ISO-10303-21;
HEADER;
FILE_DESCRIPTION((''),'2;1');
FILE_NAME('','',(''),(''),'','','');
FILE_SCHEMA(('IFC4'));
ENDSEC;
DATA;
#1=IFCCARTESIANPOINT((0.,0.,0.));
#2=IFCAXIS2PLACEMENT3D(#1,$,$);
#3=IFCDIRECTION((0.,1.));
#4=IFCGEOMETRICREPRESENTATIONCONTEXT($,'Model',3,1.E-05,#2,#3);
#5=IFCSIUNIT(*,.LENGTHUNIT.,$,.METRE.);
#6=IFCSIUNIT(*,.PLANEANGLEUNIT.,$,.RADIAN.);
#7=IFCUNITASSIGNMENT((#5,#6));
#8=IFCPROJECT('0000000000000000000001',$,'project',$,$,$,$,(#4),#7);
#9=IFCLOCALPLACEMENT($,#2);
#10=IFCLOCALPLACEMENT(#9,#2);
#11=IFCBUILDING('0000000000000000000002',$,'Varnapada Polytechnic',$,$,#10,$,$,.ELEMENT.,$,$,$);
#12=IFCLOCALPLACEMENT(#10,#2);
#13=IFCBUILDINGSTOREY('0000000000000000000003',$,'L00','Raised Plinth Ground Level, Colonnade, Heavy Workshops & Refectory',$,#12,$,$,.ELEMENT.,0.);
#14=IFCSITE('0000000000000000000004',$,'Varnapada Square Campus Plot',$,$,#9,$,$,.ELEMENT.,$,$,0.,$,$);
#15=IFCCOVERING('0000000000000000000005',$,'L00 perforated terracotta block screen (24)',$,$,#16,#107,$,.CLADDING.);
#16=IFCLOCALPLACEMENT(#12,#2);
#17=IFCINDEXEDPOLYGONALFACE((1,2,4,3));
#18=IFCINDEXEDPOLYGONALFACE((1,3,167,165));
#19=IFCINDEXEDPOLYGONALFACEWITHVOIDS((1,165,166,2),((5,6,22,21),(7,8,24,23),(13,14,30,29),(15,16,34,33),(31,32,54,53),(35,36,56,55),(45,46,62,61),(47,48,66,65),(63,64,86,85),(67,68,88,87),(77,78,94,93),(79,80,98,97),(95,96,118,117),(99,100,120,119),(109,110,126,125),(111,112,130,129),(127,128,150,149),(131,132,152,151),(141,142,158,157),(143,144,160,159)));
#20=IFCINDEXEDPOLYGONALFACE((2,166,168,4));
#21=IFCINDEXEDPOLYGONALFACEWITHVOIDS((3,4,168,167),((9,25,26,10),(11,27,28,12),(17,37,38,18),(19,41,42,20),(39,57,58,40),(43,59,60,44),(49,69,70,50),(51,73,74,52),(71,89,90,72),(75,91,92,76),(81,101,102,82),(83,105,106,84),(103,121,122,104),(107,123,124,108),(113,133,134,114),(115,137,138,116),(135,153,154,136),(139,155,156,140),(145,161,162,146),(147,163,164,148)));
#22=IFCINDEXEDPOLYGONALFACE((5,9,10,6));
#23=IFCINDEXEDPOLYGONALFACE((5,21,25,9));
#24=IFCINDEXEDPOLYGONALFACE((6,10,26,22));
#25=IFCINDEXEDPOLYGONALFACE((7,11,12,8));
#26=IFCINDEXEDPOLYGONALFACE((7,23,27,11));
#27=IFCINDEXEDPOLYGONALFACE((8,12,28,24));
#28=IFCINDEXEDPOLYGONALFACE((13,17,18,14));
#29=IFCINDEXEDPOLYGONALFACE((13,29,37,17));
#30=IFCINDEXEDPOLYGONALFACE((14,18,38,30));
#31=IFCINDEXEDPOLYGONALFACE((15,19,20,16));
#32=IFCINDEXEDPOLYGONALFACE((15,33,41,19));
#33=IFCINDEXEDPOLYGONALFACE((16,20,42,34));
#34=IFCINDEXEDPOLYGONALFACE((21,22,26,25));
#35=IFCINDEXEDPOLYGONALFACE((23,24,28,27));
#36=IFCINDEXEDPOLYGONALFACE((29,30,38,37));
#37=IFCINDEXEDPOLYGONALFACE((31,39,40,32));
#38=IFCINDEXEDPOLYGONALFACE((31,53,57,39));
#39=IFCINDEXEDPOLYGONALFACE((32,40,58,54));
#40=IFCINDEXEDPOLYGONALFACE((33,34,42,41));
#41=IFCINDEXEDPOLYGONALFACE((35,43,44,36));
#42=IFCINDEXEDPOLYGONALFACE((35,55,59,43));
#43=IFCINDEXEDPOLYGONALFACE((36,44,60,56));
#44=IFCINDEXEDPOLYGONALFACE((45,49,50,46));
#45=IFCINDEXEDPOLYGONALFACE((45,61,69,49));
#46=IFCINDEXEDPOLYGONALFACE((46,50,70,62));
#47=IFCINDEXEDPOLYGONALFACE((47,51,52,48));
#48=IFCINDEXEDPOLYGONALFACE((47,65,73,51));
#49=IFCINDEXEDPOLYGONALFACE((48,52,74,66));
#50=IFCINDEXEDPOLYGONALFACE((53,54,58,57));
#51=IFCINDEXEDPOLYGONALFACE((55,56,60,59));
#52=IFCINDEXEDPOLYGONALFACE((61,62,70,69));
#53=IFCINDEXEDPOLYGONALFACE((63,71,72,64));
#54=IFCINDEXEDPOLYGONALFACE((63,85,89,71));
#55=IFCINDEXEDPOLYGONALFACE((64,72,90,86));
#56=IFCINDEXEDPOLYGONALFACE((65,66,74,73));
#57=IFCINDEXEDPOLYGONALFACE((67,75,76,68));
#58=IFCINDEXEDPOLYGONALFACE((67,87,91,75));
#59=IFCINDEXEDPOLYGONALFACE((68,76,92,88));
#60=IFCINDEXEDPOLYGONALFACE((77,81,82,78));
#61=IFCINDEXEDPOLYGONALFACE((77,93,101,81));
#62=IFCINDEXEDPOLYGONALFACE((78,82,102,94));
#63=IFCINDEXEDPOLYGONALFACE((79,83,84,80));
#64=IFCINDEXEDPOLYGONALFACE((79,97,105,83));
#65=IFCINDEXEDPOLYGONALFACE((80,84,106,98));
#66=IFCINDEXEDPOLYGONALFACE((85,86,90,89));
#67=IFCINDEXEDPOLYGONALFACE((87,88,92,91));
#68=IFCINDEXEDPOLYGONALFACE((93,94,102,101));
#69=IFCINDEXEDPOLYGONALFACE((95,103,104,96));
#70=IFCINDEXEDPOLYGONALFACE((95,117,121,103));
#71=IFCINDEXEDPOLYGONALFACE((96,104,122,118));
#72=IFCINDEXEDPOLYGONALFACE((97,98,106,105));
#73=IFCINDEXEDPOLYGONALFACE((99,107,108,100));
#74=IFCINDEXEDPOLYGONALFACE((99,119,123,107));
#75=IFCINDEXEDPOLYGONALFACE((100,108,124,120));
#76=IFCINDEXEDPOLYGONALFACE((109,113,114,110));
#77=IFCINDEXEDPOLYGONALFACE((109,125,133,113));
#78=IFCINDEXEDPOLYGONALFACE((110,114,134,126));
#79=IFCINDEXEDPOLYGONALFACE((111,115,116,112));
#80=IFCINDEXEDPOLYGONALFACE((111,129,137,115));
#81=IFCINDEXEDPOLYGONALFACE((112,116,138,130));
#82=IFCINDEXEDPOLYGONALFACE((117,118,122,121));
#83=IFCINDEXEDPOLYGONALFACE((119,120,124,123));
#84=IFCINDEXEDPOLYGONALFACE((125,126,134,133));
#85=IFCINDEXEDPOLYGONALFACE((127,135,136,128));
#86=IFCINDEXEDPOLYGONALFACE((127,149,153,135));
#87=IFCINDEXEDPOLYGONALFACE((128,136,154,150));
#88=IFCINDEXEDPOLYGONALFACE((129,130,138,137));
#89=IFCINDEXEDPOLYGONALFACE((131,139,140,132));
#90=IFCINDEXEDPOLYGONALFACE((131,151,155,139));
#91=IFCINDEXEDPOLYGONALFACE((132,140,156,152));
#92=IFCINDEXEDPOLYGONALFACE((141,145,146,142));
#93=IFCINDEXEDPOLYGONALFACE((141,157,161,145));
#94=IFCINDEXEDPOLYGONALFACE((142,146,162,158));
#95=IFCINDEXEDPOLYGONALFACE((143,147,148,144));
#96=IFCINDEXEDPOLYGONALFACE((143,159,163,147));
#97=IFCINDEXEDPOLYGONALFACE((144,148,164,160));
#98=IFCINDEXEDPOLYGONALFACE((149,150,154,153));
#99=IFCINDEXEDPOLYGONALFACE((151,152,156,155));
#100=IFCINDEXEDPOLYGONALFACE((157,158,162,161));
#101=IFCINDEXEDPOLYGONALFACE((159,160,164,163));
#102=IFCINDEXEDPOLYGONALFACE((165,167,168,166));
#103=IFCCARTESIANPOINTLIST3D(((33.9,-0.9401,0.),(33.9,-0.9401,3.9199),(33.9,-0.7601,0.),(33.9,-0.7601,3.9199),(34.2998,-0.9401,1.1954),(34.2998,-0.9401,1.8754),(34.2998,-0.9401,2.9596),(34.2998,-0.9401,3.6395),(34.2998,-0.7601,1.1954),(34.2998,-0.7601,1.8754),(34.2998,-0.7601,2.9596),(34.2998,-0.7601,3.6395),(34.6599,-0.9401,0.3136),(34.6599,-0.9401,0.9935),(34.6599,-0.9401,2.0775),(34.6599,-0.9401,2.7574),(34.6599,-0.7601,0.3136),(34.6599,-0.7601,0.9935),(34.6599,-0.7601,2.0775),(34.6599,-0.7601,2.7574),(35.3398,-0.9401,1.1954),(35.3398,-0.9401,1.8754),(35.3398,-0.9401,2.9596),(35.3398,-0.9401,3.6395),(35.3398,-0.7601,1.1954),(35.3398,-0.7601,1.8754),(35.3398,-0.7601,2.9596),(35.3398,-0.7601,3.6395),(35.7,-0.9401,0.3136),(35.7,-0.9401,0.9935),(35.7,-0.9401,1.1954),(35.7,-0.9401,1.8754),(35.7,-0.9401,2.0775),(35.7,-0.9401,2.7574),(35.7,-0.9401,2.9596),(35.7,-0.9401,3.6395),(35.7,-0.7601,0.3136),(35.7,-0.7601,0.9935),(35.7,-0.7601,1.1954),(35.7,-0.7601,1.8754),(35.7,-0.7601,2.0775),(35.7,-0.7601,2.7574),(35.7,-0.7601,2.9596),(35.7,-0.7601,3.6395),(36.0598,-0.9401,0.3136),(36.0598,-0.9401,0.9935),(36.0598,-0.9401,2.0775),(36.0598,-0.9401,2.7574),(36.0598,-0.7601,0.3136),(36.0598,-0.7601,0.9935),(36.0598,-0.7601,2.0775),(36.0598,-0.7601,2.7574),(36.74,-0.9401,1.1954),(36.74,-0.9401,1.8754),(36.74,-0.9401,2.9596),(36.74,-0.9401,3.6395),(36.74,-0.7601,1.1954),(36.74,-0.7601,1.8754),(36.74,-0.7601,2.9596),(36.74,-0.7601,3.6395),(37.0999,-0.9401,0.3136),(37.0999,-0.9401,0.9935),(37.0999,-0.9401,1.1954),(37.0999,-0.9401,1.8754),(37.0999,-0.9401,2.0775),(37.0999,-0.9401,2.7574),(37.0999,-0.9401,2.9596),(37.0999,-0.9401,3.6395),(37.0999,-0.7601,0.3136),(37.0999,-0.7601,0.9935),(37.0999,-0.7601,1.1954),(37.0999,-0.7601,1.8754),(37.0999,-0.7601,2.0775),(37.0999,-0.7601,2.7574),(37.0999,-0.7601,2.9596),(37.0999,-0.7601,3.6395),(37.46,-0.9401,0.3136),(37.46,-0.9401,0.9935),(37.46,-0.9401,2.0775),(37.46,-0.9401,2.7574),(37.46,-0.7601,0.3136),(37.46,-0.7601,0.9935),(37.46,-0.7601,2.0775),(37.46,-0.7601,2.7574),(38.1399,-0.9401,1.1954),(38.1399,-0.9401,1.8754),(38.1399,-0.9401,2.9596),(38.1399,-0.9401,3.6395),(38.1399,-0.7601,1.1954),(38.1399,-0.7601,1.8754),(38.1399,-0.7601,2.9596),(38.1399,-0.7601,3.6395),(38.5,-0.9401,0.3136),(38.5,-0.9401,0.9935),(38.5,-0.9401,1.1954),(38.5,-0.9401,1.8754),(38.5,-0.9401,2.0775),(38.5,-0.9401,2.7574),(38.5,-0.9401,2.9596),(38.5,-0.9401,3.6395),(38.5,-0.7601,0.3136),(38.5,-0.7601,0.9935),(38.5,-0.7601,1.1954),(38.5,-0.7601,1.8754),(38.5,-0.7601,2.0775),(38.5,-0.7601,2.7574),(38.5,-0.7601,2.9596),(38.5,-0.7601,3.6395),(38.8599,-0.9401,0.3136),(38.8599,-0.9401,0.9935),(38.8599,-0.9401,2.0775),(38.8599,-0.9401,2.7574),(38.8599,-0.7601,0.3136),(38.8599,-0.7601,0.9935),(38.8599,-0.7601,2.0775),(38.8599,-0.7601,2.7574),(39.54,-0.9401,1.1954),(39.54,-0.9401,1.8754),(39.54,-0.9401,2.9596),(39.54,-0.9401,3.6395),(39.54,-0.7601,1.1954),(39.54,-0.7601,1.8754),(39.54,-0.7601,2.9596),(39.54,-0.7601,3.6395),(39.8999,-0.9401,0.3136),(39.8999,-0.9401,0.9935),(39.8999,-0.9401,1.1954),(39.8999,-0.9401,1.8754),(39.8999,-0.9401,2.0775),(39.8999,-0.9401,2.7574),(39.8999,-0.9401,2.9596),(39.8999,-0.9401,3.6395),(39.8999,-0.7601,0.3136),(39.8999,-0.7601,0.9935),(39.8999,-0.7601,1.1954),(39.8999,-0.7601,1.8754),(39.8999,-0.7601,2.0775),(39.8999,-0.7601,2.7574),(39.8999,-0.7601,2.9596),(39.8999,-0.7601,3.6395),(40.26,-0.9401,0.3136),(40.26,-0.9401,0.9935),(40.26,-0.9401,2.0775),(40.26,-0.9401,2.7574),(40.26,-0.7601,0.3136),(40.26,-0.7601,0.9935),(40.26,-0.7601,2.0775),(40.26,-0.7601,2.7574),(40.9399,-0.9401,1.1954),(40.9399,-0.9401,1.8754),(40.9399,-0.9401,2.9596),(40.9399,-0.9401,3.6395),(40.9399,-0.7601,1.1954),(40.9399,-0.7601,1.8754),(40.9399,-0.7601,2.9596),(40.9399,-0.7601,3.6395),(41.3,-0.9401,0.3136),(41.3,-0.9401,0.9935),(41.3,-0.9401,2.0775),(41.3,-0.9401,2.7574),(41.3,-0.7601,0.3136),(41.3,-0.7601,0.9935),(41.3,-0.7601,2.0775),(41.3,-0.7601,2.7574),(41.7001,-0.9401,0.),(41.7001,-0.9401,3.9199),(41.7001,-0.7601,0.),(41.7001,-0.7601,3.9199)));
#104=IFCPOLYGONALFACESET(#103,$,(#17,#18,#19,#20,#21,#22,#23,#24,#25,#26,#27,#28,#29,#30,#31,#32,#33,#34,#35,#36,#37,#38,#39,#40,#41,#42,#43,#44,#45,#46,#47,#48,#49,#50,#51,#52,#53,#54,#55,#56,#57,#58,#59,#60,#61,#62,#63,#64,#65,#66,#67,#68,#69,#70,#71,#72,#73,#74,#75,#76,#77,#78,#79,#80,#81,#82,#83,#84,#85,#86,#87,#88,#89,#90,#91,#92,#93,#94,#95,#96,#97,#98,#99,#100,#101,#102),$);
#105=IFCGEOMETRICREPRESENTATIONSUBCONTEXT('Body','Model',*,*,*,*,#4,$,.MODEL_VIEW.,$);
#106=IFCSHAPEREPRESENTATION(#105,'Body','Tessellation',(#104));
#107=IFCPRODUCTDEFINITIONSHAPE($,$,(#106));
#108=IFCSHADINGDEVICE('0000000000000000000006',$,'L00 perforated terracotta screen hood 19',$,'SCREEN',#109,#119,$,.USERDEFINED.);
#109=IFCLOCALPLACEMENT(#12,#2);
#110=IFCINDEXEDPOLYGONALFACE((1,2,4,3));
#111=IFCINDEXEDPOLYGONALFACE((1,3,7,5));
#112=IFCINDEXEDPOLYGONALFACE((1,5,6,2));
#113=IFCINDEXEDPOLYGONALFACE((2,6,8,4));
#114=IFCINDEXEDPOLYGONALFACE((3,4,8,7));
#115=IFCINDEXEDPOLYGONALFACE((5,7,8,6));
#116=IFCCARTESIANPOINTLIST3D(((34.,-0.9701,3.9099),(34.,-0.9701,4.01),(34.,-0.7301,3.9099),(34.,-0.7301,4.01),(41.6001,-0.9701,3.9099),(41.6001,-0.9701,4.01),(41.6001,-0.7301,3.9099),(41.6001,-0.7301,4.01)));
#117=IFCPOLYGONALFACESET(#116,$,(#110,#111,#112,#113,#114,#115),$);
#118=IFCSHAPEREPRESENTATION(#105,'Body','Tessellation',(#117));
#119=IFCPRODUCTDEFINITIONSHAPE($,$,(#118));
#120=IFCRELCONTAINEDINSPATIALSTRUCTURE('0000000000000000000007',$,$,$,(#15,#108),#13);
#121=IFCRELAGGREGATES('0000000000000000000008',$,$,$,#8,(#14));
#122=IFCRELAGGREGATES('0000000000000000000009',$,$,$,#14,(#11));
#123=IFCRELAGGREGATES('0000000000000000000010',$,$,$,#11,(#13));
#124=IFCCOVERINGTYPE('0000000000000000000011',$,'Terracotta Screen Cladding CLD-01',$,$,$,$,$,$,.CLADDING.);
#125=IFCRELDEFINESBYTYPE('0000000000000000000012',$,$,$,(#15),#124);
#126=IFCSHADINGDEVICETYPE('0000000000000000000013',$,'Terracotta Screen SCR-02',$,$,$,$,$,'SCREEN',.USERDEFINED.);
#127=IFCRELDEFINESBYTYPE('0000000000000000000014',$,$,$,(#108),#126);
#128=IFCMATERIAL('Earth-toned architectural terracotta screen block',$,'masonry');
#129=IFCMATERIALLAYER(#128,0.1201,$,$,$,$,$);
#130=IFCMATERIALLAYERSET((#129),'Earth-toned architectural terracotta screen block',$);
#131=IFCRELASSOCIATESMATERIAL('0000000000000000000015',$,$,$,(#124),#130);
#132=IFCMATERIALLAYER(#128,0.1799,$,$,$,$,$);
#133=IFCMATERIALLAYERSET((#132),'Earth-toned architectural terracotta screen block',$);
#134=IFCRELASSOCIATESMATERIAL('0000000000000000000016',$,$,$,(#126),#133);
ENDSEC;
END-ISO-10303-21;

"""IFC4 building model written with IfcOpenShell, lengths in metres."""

from ifc_helpers import new_model, si_unit, direction, frame, frame_2d, origin, origin_2d, place, context, subcontext, project, spatial, rectangle, extrude, material, layer, layer_set, type_object, element, save


model = new_model("IFC4")

# Units and contexts
model_context = context("Model", 3, precision=1e-05, world=origin(), true_north=direction((0.0, 1.0)))
body_context = subcontext(model_context, "Body", "Model", "MODEL_VIEW")
ifc_project = project(units=[si_unit("LENGTHUNIT", "METRE"), si_unit("PLANEANGLEUNIT", "RADIAN")], contexts=[model_context])

# Site, building, storey
site_placement = place(None, origin())
site = spatial("IfcSite", under=ifc_project, at=site_placement, Name="Varnapada Square Campus Plot", CompositionType="ELEMENT", RefElevation=0.0)
building_placement = place(site_placement, origin())
building = spatial("IfcBuilding", under=site, at=building_placement, Name="Varnapada Polytechnic", CompositionType="ELEMENT")
storey_placement = place(building_placement, origin())
storey = spatial("IfcBuildingStorey", under=building, at=storey_placement, Name="L00", Description="Raised Plinth Ground Level, Colonnade, Heavy Workshops & Refectory", CompositionType="ELEMENT", Elevation=0.0)

# Covering, openings
ifc_material_1 = material(Name="Earth-toned architectural terracotta screen block", Category="masonry")
ifc_layer_1 = layer(ifc_material_1, 0.1201)
ifc_layer_set_1 = layer_set([ifc_layer_1], Name="Earth-toned architectural terracotta screen block")
covering_type = type_object("IfcCoveringType", Name="Terracotta Screen Cladding CLD-01", PredefinedType="CLADDING", material=ifc_layer_set_1)
covering_placement = place(storey_placement, frame((41.7, -0.8501, 0.0), z_axis=(0.0, 0.0, 1.0), x_axis=(-1.0, 0.0, 0.0)))
covering = element("IfcCovering", 1, at=covering_placement, inside=storey, type_object=covering_type, Name="L00 perforated terracotta block screen (24)", PredefinedType="CLADDING", context=body_context, shape_type="SweptSolid", body=[
    extrude(rectangle(XDim=7.8, YDim=0.1799, at=frame_2d((3.8999, 0.0))), origin(), (0.0, 0.0, 1.0), 3.9199),
])
opening_1_placement = place(covering_placement, frame((0.3999, 0.0, 0.3137)))
element("IfcOpeningElement", 2, at=opening_1_placement, cuts=covering, PredefinedType="OPENING", context=body_context, shape_type="SweptSolid", body=[
    extrude(rectangle(XDim=1.04, YDim=0.6799, at=frame_2d((0.52, 0.3398))), frame((0.0, 0.0999, 0.0), z_axis=(0.0, -1.0, 0.0), x_axis=(1.0, 0.0, 0.0)), (0.0, 0.0, 1.0), 0.2),
])
opening_2_placement = place(covering_placement, frame((1.8, 0.0, 0.3137)))
element("IfcOpeningElement", 3, at=opening_2_placement, cuts=covering, PredefinedType="OPENING", context=body_context, shape_type="SweptSolid", body=[
    extrude(rectangle(XDim=1.04, YDim=0.6799, at=frame_2d((0.52, 0.3398))), frame((0.0, 0.0999, 0.0), z_axis=(0.0, -1.0, 0.0), x_axis=(1.0, 0.0, 0.0)), (0.0, 0.0, 1.0), 0.2),
])
opening_3_placement = place(covering_placement, frame((3.2, 0.0, 0.3137)))
element("IfcOpeningElement", 4, at=opening_3_placement, cuts=covering, PredefinedType="OPENING", context=body_context, shape_type="SweptSolid", body=[
    extrude(rectangle(XDim=1.04, YDim=0.6799, at=frame_2d((0.52, 0.3398))), frame((0.0, 0.0999, 0.0), z_axis=(0.0, -1.0, 0.0), x_axis=(1.0, 0.0, 0.0)), (0.0, 0.0, 1.0), 0.2),
])
opening_4_placement = place(covering_placement, frame((4.6001, 0.0, 0.3137)))
element("IfcOpeningElement", 5, at=opening_4_placement, cuts=covering, PredefinedType="OPENING", context=body_context, shape_type="SweptSolid", body=[
    extrude(rectangle(XDim=1.04, YDim=0.6799, at=frame_2d((0.52, 0.3398))), frame((0.0, 0.0999, 0.0), z_axis=(0.0, -1.0, 0.0), x_axis=(1.0, 0.0, 0.0)), (0.0, 0.0, 1.0), 0.2),
])
opening_5_placement = place(covering_placement, frame((6.0, 0.0, 0.3137)))
element("IfcOpeningElement", 6, at=opening_5_placement, cuts=covering, PredefinedType="OPENING", context=body_context, shape_type="SweptSolid", body=[
    extrude(rectangle(XDim=1.04, YDim=0.6799, at=frame_2d((0.52, 0.3398))), frame((0.0, 0.0999, 0.0), z_axis=(0.0, -1.0, 0.0), x_axis=(1.0, 0.0, 0.0)), (0.0, 0.0, 1.0), 0.2),
])
opening_6_placement = place(covering_placement, frame((0.76, 0.0, 1.1956)))
element("IfcOpeningElement", 7, at=opening_6_placement, cuts=covering, PredefinedType="OPENING", context=body_context, shape_type="SweptSolid", body=[
    extrude(rectangle(XDim=1.04, YDim=0.6799, at=frame_2d((0.52, 0.3398))), frame((0.0, 0.0999, 0.0), z_axis=(0.0, -1.0, 0.0), x_axis=(1.0, 0.0, 0.0)), (0.0, 0.0, 1.0), 0.2),
])
opening_7_placement = place(covering_placement, frame((2.1599, 0.0, 1.1956)))
element("IfcOpeningElement", 8, at=opening_7_placement, cuts=covering, PredefinedType="OPENING", context=body_context, shape_type="SweptSolid", body=[
    extrude(rectangle(XDim=1.04, YDim=0.6799, at=frame_2d((0.52, 0.3398))), frame((0.0, 0.0999, 0.0), z_axis=(0.0, -1.0, 0.0), x_axis=(1.0, 0.0, 0.0)), (0.0, 0.0, 1.0), 0.2),
])
opening_8_placement = place(covering_placement, frame((3.5601, 0.0, 1.1956)))
element("IfcOpeningElement", 9, at=opening_8_placement, cuts=covering, PredefinedType="OPENING", context=body_context, shape_type="SweptSolid", body=[
    extrude(rectangle(XDim=1.04, YDim=0.6799, at=frame_2d((0.52, 0.3398))), frame((0.0, 0.0999, 0.0), z_axis=(0.0, -1.0, 0.0), x_axis=(1.0, 0.0, 0.0)), (0.0, 0.0, 1.0), 0.2),
])
opening_9_placement = place(covering_placement, frame((4.96, 0.0, 1.1956)))
element("IfcOpeningElement", 10, at=opening_9_placement, cuts=covering, PredefinedType="OPENING", context=body_context, shape_type="SweptSolid", body=[
    extrude(rectangle(XDim=1.04, YDim=0.6799, at=frame_2d((0.52, 0.3398))), frame((0.0, 0.0999, 0.0), z_axis=(0.0, -1.0, 0.0), x_axis=(1.0, 0.0, 0.0)), (0.0, 0.0, 1.0), 0.2),
])
opening_10_placement = place(covering_placement, frame((6.3601, 0.0, 1.1956)))
element("IfcOpeningElement", 11, at=opening_10_placement, cuts=covering, PredefinedType="OPENING", context=body_context, shape_type="SweptSolid", body=[
    extrude(rectangle(XDim=1.04, YDim=0.6799, at=frame_2d((0.52, 0.3398))), frame((0.0, 0.0999, 0.0), z_axis=(0.0, -1.0, 0.0), x_axis=(1.0, 0.0, 0.0)), (0.0, 0.0, 1.0), 0.2),
])
opening_11_placement = place(covering_placement, frame((0.3999, 0.0, 2.0776)))
element("IfcOpeningElement", 12, at=opening_11_placement, cuts=covering, PredefinedType="OPENING", context=body_context, shape_type="SweptSolid", body=[
    extrude(rectangle(XDim=1.04, YDim=0.6799, at=frame_2d((0.52, 0.3398))), frame((0.0, 0.0999, 0.0), z_axis=(0.0, -1.0, 0.0), x_axis=(1.0, 0.0, 0.0)), (0.0, 0.0, 1.0), 0.2),
])
opening_12_placement = place(covering_placement, frame((1.8, 0.0, 2.0776)))
element("IfcOpeningElement", 13, at=opening_12_placement, cuts=covering, PredefinedType="OPENING", context=body_context, shape_type="SweptSolid", body=[
    extrude(rectangle(XDim=1.04, YDim=0.6799, at=frame_2d((0.52, 0.3398))), frame((0.0, 0.0999, 0.0), z_axis=(0.0, -1.0, 0.0), x_axis=(1.0, 0.0, 0.0)), (0.0, 0.0, 1.0), 0.2),
])
opening_13_placement = place(covering_placement, frame((3.2, 0.0, 2.0776)))
element("IfcOpeningElement", 14, at=opening_13_placement, cuts=covering, PredefinedType="OPENING", context=body_context, shape_type="SweptSolid", body=[
    extrude(rectangle(XDim=1.04, YDim=0.6799, at=frame_2d((0.52, 0.3398))), frame((0.0, 0.0999, 0.0), z_axis=(0.0, -1.0, 0.0), x_axis=(1.0, 0.0, 0.0)), (0.0, 0.0, 1.0), 0.2),
])
opening_14_placement = place(covering_placement, frame((4.6001, 0.0, 2.0776)))
element("IfcOpeningElement", 15, at=opening_14_placement, cuts=covering, PredefinedType="OPENING", context=body_context, shape_type="SweptSolid", body=[
    extrude(rectangle(XDim=1.04, YDim=0.6799, at=frame_2d((0.52, 0.3398))), frame((0.0, 0.0999, 0.0), z_axis=(0.0, -1.0, 0.0), x_axis=(1.0, 0.0, 0.0)), (0.0, 0.0, 1.0), 0.2),
])
opening_15_placement = place(covering_placement, frame((6.0, 0.0, 2.0776)))
element("IfcOpeningElement", 16, at=opening_15_placement, cuts=covering, PredefinedType="OPENING", context=body_context, shape_type="SweptSolid", body=[
    extrude(rectangle(XDim=1.04, YDim=0.6799, at=frame_2d((0.52, 0.3398))), frame((0.0, 0.0999, 0.0), z_axis=(0.0, -1.0, 0.0), x_axis=(1.0, 0.0, 0.0)), (0.0, 0.0, 1.0), 0.2),
])
opening_16_placement = place(covering_placement, frame((0.76, 0.0, 2.9597)))
element("IfcOpeningElement", 17, at=opening_16_placement, cuts=covering, PredefinedType="OPENING", context=body_context, shape_type="SweptSolid", body=[
    extrude(rectangle(XDim=1.04, YDim=0.6799, at=frame_2d((0.52, 0.3398))), frame((0.0, 0.0999, 0.0), z_axis=(0.0, -1.0, 0.0), x_axis=(1.0, 0.0, 0.0)), (0.0, 0.0, 1.0), 0.2),
])
opening_17_placement = place(covering_placement, frame((2.1599, 0.0, 2.9597)))
element("IfcOpeningElement", 18, at=opening_17_placement, cuts=covering, PredefinedType="OPENING", context=body_context, shape_type="SweptSolid", body=[
    extrude(rectangle(XDim=1.04, YDim=0.6799, at=frame_2d((0.52, 0.3398))), frame((0.0, 0.0999, 0.0), z_axis=(0.0, -1.0, 0.0), x_axis=(1.0, 0.0, 0.0)), (0.0, 0.0, 1.0), 0.2),
])
opening_18_placement = place(covering_placement, frame((3.5601, 0.0, 2.9597)))
element("IfcOpeningElement", 19, at=opening_18_placement, cuts=covering, PredefinedType="OPENING", context=body_context, shape_type="SweptSolid", body=[
    extrude(rectangle(XDim=1.04, YDim=0.6799, at=frame_2d((0.52, 0.3398))), frame((0.0, 0.0999, 0.0), z_axis=(0.0, -1.0, 0.0), x_axis=(1.0, 0.0, 0.0)), (0.0, 0.0, 1.0), 0.2),
])
opening_19_placement = place(covering_placement, frame((4.96, 0.0, 2.9597)))
element("IfcOpeningElement", 20, at=opening_19_placement, cuts=covering, PredefinedType="OPENING", context=body_context, shape_type="SweptSolid", body=[
    extrude(rectangle(XDim=1.04, YDim=0.6799, at=frame_2d((0.52, 0.3398))), frame((0.0, 0.0999, 0.0), z_axis=(0.0, -1.0, 0.0), x_axis=(1.0, 0.0, 0.0)), (0.0, 0.0, 1.0), 0.2),
])
opening_20_placement = place(covering_placement, frame((6.3601, 0.0, 2.9597)))
element("IfcOpeningElement", 21, at=opening_20_placement, cuts=covering, PredefinedType="OPENING", context=body_context, shape_type="SweptSolid", body=[
    extrude(rectangle(XDim=1.04, YDim=0.6799, at=frame_2d((0.52, 0.3398))), frame((0.0, 0.0999, 0.0), z_axis=(0.0, -1.0, 0.0), x_axis=(1.0, 0.0, 0.0)), (0.0, 0.0, 1.0), 0.2),
])

# Shading device
ifc_layer_2 = layer(ifc_material_1, 0.1799)
ifc_layer_set_2 = layer_set([ifc_layer_2], Name="Earth-toned architectural terracotta screen block")
shading_device_type = type_object("IfcShadingDeviceType", Name="Terracotta Screen SCR-02", ElementType="SCREEN", PredefinedType="USERDEFINED", material=ifc_layer_set_2)
shading_device_placement = place(storey_placement, frame((37.8, -0.8501, 3.9099), z_axis=(0.0, 0.0, 1.0), x_axis=(-1.0, 0.0, 0.0)))
element("IfcShadingDevice", 22, at=shading_device_placement, inside=storey, type_object=shading_device_type, Name="L00 perforated terracotta screen hood 19", ObjectType="SCREEN", PredefinedType="USERDEFINED", context=body_context, shape_type="SweptSolid", body=[
    extrude(rectangle(XDim=7.6001, YDim=0.24, at=origin_2d()), origin(), (0.0, 0.0, 1.0), 0.1001),
])

save(model, "model.ifc")
